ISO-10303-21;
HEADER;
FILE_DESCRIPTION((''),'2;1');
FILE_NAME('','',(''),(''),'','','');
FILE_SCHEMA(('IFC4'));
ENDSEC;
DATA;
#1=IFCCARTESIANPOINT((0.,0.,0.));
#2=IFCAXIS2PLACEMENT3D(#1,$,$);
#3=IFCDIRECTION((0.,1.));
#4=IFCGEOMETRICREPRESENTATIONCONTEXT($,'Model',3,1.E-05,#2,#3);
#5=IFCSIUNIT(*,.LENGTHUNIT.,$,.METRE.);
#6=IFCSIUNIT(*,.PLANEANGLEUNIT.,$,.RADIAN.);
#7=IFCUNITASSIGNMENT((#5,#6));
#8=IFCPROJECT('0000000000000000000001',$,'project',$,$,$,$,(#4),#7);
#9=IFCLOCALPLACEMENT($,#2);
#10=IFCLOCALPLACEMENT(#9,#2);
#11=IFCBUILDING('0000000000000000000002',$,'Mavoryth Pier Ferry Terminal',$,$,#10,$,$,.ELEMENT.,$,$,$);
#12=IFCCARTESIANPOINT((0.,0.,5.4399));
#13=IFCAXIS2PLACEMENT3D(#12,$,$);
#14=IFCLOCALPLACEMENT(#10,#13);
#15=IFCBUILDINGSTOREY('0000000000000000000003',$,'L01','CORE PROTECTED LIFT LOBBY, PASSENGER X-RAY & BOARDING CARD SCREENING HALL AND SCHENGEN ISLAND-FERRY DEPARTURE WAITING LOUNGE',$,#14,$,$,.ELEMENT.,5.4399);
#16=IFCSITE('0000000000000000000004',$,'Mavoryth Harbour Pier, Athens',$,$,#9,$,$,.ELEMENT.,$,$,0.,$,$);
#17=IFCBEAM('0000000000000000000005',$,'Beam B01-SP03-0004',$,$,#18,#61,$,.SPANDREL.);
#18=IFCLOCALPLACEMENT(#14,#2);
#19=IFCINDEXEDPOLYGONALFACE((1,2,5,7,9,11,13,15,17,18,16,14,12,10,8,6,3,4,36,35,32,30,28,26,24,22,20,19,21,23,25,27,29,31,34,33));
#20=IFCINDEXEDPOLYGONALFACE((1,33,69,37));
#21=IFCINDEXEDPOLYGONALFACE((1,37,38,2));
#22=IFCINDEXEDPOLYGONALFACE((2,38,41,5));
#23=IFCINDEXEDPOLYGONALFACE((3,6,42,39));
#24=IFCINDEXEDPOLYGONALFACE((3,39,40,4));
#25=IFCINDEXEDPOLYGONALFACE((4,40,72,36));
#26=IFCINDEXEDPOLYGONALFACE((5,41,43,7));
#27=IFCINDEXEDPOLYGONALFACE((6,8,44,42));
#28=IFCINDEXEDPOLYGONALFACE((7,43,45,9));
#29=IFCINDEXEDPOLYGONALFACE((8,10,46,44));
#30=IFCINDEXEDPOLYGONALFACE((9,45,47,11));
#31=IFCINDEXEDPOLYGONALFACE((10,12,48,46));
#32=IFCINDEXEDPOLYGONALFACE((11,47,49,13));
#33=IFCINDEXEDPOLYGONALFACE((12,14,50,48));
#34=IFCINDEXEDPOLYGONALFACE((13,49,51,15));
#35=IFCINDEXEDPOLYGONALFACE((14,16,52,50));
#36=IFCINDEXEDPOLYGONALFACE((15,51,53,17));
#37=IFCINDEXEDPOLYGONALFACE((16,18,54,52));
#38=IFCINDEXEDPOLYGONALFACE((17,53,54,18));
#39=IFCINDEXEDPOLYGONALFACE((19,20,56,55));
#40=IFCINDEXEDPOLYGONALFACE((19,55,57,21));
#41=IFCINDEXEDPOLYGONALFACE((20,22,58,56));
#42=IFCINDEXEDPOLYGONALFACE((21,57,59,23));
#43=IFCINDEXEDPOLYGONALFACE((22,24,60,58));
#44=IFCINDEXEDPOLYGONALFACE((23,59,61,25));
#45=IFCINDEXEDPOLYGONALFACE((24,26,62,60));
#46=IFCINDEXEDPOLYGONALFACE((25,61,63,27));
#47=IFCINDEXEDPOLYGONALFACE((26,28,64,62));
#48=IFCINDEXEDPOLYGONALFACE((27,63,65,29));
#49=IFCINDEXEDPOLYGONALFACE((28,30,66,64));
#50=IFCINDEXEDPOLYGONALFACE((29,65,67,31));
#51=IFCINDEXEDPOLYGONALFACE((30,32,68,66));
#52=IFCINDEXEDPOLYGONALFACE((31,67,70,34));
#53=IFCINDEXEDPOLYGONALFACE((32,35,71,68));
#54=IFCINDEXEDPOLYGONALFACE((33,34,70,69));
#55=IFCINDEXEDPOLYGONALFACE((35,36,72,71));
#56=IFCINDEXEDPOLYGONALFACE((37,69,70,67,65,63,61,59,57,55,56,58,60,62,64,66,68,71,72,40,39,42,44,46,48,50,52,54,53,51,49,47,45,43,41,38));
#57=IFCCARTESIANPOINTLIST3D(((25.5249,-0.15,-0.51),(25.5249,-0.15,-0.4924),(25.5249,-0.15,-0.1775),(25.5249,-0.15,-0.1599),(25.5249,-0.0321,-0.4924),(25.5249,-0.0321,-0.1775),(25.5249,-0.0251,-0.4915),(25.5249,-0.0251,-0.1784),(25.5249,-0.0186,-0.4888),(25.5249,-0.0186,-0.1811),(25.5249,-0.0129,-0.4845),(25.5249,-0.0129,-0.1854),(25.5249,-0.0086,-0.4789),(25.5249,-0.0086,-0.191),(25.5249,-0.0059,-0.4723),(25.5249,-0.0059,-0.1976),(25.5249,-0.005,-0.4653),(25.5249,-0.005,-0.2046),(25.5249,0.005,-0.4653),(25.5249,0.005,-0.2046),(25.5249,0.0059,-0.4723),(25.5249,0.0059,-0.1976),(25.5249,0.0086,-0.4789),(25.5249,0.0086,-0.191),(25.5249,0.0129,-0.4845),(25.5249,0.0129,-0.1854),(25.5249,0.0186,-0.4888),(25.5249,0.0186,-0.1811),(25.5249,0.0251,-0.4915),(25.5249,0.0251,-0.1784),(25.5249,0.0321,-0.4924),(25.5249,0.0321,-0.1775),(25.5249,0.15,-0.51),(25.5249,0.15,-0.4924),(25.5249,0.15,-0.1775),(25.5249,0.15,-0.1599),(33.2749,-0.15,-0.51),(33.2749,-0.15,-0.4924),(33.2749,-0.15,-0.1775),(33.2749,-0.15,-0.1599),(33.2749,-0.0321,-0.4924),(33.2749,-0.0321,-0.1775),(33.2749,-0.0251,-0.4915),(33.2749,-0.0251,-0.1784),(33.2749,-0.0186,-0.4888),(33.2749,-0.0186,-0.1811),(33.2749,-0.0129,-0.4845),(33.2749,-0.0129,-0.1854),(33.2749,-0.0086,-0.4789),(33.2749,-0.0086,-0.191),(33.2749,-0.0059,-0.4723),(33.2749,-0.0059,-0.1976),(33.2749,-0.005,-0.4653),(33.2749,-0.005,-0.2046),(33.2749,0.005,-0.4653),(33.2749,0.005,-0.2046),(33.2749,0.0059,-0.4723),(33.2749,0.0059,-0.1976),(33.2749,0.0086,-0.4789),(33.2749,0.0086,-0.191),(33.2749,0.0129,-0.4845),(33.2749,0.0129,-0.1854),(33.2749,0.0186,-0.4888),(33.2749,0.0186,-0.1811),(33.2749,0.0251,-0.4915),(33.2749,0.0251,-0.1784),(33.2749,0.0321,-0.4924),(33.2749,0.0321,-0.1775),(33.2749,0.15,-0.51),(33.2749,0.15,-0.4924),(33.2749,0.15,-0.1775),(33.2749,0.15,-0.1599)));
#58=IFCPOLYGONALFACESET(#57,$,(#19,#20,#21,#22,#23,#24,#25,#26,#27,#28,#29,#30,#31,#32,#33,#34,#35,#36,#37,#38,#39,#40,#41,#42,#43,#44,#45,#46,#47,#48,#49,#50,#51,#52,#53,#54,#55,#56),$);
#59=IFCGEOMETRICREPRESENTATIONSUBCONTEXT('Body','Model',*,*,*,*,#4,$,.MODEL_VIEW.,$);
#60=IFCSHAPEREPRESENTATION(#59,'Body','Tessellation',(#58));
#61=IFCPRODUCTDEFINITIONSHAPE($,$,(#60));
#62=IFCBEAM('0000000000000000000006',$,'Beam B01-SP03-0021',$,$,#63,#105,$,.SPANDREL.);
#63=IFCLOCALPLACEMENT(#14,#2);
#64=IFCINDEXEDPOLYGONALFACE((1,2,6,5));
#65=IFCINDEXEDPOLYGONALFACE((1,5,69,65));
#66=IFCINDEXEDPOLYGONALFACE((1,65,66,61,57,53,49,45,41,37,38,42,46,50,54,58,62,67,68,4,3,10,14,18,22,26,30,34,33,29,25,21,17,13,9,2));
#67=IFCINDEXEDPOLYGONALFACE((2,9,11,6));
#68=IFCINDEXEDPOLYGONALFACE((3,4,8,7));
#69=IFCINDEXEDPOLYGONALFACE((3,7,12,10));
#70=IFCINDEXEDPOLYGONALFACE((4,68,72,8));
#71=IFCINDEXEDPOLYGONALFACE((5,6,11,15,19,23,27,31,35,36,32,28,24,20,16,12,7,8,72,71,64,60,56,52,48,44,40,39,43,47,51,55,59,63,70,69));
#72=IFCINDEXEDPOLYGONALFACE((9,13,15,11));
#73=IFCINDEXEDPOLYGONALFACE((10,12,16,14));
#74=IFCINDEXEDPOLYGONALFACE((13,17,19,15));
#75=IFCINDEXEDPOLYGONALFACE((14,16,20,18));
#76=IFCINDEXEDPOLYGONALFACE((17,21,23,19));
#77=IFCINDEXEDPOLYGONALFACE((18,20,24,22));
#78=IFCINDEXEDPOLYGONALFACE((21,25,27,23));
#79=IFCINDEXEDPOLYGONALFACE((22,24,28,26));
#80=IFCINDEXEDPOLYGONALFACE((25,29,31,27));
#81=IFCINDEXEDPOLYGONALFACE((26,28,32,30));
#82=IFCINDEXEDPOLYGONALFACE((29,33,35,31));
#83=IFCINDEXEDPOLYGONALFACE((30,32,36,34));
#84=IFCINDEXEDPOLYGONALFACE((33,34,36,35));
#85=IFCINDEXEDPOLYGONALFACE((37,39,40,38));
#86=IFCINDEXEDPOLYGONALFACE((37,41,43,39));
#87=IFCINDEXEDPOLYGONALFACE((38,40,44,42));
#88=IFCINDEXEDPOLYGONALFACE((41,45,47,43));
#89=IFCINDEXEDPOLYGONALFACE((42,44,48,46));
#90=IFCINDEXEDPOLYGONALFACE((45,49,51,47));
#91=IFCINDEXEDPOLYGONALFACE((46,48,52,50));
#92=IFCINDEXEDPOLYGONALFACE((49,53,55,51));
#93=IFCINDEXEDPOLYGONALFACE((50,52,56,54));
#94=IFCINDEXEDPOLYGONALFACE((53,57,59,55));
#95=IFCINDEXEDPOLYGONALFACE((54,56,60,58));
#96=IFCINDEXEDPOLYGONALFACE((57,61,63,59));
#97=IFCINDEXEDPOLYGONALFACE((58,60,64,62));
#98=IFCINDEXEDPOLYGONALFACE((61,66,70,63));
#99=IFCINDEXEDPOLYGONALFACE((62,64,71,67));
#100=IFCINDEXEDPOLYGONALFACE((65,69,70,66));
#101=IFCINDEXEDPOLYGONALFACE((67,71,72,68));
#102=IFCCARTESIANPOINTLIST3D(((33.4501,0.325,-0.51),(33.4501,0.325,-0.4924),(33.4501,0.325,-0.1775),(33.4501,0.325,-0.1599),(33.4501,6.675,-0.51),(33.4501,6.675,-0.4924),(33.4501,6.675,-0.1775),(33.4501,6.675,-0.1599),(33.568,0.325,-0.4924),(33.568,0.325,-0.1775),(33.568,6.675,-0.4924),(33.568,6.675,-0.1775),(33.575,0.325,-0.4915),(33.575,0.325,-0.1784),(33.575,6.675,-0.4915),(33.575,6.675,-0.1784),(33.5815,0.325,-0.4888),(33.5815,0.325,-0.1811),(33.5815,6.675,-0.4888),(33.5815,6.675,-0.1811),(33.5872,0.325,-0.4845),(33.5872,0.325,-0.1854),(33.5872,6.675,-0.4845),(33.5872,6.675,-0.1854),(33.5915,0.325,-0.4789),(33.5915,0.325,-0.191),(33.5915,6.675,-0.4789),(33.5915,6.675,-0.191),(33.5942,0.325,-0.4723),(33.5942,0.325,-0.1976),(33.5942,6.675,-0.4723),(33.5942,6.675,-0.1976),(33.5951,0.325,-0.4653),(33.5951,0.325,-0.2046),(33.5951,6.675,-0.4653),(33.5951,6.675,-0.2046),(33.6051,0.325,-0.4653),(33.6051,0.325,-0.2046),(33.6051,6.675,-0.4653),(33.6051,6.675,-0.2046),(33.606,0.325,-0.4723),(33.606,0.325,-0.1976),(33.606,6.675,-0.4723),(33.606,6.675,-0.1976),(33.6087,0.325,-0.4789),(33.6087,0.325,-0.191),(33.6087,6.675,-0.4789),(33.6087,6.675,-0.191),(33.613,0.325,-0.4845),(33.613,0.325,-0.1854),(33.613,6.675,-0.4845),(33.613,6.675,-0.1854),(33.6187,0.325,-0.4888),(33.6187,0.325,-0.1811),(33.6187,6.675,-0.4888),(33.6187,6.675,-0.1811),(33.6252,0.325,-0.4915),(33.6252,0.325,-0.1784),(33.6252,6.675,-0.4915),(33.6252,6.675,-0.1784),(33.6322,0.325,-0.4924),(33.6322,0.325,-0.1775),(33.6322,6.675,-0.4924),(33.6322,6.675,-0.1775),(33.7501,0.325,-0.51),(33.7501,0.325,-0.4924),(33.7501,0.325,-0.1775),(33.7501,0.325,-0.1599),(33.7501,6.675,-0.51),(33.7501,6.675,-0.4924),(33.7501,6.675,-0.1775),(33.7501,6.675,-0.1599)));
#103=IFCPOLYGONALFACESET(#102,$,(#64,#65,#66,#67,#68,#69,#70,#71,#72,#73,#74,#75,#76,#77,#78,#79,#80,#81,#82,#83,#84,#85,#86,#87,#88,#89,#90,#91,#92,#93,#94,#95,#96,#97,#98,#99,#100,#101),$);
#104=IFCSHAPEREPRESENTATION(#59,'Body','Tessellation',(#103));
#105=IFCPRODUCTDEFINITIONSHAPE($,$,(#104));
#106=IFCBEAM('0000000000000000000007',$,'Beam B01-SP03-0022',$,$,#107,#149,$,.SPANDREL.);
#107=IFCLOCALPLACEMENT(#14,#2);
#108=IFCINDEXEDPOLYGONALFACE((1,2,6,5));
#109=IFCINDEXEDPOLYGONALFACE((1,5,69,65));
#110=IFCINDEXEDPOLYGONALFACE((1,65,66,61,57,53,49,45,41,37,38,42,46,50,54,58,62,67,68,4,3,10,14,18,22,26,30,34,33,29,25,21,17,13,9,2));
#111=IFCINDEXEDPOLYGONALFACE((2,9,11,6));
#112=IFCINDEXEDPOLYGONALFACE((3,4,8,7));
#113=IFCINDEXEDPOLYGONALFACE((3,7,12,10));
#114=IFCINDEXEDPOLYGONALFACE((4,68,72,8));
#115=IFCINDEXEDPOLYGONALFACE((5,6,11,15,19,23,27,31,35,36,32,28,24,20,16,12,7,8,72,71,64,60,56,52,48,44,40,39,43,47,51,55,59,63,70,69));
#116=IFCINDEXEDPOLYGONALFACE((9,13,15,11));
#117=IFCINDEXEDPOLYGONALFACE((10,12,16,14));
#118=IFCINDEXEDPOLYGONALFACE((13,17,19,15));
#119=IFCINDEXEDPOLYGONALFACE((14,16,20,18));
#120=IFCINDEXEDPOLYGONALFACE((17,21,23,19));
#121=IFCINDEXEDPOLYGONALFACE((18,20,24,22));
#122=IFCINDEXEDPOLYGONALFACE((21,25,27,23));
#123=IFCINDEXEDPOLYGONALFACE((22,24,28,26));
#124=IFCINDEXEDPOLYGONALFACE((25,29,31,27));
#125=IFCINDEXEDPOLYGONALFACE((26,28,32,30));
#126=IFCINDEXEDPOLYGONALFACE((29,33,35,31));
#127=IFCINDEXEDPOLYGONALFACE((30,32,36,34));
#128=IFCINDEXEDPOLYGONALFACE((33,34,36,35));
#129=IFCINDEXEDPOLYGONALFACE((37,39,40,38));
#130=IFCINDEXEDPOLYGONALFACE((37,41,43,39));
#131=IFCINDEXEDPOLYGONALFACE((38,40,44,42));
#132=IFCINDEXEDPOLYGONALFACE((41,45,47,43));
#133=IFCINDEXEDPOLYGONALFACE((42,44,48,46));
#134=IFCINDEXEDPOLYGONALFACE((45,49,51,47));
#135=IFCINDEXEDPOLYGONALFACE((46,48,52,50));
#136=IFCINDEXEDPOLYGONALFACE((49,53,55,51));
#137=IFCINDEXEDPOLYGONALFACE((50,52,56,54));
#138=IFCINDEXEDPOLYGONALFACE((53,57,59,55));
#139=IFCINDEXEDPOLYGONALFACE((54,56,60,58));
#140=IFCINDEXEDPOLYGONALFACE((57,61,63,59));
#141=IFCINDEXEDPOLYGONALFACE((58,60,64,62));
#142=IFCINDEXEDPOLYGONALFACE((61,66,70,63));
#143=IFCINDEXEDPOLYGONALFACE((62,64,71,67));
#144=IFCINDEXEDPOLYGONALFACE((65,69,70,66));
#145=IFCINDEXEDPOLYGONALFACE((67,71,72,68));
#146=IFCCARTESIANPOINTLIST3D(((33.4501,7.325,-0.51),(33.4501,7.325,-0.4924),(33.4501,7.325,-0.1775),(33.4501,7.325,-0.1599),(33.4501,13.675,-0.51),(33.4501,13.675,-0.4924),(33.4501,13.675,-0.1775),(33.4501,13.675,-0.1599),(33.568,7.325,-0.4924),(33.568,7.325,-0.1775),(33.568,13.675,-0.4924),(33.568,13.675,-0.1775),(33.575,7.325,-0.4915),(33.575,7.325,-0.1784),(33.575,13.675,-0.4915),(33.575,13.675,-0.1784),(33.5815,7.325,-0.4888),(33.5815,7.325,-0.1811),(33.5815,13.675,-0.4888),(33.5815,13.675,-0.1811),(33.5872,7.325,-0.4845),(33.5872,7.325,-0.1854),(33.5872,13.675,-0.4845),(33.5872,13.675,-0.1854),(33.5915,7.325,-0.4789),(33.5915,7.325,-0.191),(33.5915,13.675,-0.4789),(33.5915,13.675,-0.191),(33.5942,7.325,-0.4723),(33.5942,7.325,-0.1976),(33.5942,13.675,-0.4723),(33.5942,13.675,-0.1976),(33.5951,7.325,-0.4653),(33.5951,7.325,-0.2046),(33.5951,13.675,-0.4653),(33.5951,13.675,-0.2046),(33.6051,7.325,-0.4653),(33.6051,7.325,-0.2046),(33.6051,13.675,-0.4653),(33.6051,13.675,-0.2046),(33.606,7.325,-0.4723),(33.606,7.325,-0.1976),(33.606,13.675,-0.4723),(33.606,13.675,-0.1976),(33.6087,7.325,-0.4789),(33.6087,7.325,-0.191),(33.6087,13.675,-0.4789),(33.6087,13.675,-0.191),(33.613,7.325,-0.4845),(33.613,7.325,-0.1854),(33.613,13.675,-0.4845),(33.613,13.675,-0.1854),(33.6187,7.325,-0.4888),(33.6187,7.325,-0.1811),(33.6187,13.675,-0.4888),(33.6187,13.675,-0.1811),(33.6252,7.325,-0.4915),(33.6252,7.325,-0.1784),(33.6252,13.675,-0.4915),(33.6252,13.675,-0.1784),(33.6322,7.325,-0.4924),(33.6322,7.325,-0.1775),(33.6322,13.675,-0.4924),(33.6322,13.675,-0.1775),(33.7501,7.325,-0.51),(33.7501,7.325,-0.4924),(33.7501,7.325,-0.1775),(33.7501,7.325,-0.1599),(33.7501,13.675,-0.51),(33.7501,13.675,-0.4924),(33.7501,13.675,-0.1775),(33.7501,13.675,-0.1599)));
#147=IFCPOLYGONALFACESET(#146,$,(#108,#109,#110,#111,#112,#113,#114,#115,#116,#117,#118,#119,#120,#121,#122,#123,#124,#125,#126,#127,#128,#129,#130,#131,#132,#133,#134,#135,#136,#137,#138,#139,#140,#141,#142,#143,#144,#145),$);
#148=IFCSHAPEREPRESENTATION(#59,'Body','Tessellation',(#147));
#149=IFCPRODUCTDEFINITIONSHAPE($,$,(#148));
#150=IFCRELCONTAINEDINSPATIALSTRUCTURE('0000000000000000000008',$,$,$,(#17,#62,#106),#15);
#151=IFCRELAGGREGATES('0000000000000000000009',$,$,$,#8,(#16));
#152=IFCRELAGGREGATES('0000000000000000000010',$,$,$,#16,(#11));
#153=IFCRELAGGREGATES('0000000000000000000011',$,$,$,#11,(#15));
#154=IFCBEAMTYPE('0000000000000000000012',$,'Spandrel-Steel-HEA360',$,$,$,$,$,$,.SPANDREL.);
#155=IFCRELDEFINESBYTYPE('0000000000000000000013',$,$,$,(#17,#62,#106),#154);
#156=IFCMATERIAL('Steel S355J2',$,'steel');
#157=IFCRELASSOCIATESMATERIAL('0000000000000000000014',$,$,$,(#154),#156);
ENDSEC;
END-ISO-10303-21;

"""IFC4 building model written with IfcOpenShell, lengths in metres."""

from ifc_helpers import new_model, si_unit, direction, frame, origin, origin_2d, place, context, subcontext, project, spatial, i_section, extrude, material, material_profile, profile_set, type_object, element, save


model = new_model("IFC4")

# Units and contexts
model_context = context("Model", 3, precision=1e-05, world=origin(), true_north=direction((0.0, 1.0)))
body_context = subcontext(model_context, "Body", "Model", "MODEL_VIEW")
ifc_project = project(units=[si_unit("LENGTHUNIT", "METRE"), si_unit("PLANEANGLEUNIT", "RADIAN")], contexts=[model_context])

# Site, building, storey
site_placement = place(None, origin())
site = spatial("IfcSite", under=ifc_project, at=site_placement, Name="Mavoryth Harbour Pier, Athens", CompositionType="ELEMENT", RefElevation=0.0)
building_placement = place(site_placement, origin())
building = spatial("IfcBuilding", under=site, at=building_placement, Name="Mavoryth Pier Ferry Terminal", CompositionType="ELEMENT")
storey_placement = place(building_placement, frame((0.0, 0.0, 5.4399)))
storey = spatial("IfcBuildingStorey", under=building, at=storey_placement, Name="L01", Description="CORE PROTECTED LIFT LOBBY, PASSENGER X-RAY & BOARDING CARD SCREENING HALL AND SCHENGEN ISLAND-FERRY DEPARTURE WAITING LOUNGE", CompositionType="ELEMENT", Elevation=5.4399)

# Shared definitions
ifc_material_1 = material(Name="Steel S355J2", Category="steel")

# Beams
ifc_material_profile_1 = material_profile(ifc_material_1, i_section(OverallWidth=0.3, OverallDepth=0.3501, WebThickness=0.01, FlangeThickness=0.0176, FilletRadius=0.0271, at=origin_2d()), Name="HEA 360", Category="steel")
ifc_profile_set_1 = profile_set([ifc_material_profile_1], Name="Steel S355J2 - HEA 360")
beam_type_1 = type_object("IfcBeamType", Name="Spandrel-Steel-HEA360", PredefinedType="SPANDREL", material=ifc_profile_set_1)
beam_1_placement = place(storey_placement, frame((25.5249, 0.0, -0.335), z_axis=(1.0, 0.0, 0.0), x_axis=(0.0, 1.0, 0.0)))
element("IfcBeam", 1, at=beam_1_placement, inside=storey, type_object=beam_type_1, Name="Beam B01-SP03-0004", PredefinedType="SPANDREL", context=body_context, shape_type="SweptSolid", body=[
    extrude(i_section(OverallWidth=0.3, OverallDepth=0.3501, WebThickness=0.01, FlangeThickness=0.0176, FilletRadius=0.0271, at=origin_2d()), origin(), (0.0, 0.0, 1.0), 7.75),
])
for number, where, z_axis, x_axis, name in (
    (2, (33.6001, 0.325, -0.335), (0.0, 1.0, 0.0), (-1.0, 0.0, 0.0), "Beam B01-SP03-0021"),
    (3, (33.6001, 7.325, -0.335), (0.0, 1.0, 0.0), (-1.0, 0.0, 0.0), "Beam B01-SP03-0022"),
):
    element("IfcBeam", number, at=place(storey_placement, frame(where, z_axis=z_axis, x_axis=x_axis)), inside=storey, type_object=beam_type_1, Name=name, PredefinedType="SPANDREL", context=body_context, shape_type="SweptSolid", body=[
        extrude(i_section(OverallWidth=0.3, OverallDepth=0.3501, WebThickness=0.01, FlangeThickness=0.0176, FilletRadius=0.0271, at=origin_2d()), origin(), (0.0, 0.0, 1.0), 6.3501),
    ])

save(model, "model.ifc")
